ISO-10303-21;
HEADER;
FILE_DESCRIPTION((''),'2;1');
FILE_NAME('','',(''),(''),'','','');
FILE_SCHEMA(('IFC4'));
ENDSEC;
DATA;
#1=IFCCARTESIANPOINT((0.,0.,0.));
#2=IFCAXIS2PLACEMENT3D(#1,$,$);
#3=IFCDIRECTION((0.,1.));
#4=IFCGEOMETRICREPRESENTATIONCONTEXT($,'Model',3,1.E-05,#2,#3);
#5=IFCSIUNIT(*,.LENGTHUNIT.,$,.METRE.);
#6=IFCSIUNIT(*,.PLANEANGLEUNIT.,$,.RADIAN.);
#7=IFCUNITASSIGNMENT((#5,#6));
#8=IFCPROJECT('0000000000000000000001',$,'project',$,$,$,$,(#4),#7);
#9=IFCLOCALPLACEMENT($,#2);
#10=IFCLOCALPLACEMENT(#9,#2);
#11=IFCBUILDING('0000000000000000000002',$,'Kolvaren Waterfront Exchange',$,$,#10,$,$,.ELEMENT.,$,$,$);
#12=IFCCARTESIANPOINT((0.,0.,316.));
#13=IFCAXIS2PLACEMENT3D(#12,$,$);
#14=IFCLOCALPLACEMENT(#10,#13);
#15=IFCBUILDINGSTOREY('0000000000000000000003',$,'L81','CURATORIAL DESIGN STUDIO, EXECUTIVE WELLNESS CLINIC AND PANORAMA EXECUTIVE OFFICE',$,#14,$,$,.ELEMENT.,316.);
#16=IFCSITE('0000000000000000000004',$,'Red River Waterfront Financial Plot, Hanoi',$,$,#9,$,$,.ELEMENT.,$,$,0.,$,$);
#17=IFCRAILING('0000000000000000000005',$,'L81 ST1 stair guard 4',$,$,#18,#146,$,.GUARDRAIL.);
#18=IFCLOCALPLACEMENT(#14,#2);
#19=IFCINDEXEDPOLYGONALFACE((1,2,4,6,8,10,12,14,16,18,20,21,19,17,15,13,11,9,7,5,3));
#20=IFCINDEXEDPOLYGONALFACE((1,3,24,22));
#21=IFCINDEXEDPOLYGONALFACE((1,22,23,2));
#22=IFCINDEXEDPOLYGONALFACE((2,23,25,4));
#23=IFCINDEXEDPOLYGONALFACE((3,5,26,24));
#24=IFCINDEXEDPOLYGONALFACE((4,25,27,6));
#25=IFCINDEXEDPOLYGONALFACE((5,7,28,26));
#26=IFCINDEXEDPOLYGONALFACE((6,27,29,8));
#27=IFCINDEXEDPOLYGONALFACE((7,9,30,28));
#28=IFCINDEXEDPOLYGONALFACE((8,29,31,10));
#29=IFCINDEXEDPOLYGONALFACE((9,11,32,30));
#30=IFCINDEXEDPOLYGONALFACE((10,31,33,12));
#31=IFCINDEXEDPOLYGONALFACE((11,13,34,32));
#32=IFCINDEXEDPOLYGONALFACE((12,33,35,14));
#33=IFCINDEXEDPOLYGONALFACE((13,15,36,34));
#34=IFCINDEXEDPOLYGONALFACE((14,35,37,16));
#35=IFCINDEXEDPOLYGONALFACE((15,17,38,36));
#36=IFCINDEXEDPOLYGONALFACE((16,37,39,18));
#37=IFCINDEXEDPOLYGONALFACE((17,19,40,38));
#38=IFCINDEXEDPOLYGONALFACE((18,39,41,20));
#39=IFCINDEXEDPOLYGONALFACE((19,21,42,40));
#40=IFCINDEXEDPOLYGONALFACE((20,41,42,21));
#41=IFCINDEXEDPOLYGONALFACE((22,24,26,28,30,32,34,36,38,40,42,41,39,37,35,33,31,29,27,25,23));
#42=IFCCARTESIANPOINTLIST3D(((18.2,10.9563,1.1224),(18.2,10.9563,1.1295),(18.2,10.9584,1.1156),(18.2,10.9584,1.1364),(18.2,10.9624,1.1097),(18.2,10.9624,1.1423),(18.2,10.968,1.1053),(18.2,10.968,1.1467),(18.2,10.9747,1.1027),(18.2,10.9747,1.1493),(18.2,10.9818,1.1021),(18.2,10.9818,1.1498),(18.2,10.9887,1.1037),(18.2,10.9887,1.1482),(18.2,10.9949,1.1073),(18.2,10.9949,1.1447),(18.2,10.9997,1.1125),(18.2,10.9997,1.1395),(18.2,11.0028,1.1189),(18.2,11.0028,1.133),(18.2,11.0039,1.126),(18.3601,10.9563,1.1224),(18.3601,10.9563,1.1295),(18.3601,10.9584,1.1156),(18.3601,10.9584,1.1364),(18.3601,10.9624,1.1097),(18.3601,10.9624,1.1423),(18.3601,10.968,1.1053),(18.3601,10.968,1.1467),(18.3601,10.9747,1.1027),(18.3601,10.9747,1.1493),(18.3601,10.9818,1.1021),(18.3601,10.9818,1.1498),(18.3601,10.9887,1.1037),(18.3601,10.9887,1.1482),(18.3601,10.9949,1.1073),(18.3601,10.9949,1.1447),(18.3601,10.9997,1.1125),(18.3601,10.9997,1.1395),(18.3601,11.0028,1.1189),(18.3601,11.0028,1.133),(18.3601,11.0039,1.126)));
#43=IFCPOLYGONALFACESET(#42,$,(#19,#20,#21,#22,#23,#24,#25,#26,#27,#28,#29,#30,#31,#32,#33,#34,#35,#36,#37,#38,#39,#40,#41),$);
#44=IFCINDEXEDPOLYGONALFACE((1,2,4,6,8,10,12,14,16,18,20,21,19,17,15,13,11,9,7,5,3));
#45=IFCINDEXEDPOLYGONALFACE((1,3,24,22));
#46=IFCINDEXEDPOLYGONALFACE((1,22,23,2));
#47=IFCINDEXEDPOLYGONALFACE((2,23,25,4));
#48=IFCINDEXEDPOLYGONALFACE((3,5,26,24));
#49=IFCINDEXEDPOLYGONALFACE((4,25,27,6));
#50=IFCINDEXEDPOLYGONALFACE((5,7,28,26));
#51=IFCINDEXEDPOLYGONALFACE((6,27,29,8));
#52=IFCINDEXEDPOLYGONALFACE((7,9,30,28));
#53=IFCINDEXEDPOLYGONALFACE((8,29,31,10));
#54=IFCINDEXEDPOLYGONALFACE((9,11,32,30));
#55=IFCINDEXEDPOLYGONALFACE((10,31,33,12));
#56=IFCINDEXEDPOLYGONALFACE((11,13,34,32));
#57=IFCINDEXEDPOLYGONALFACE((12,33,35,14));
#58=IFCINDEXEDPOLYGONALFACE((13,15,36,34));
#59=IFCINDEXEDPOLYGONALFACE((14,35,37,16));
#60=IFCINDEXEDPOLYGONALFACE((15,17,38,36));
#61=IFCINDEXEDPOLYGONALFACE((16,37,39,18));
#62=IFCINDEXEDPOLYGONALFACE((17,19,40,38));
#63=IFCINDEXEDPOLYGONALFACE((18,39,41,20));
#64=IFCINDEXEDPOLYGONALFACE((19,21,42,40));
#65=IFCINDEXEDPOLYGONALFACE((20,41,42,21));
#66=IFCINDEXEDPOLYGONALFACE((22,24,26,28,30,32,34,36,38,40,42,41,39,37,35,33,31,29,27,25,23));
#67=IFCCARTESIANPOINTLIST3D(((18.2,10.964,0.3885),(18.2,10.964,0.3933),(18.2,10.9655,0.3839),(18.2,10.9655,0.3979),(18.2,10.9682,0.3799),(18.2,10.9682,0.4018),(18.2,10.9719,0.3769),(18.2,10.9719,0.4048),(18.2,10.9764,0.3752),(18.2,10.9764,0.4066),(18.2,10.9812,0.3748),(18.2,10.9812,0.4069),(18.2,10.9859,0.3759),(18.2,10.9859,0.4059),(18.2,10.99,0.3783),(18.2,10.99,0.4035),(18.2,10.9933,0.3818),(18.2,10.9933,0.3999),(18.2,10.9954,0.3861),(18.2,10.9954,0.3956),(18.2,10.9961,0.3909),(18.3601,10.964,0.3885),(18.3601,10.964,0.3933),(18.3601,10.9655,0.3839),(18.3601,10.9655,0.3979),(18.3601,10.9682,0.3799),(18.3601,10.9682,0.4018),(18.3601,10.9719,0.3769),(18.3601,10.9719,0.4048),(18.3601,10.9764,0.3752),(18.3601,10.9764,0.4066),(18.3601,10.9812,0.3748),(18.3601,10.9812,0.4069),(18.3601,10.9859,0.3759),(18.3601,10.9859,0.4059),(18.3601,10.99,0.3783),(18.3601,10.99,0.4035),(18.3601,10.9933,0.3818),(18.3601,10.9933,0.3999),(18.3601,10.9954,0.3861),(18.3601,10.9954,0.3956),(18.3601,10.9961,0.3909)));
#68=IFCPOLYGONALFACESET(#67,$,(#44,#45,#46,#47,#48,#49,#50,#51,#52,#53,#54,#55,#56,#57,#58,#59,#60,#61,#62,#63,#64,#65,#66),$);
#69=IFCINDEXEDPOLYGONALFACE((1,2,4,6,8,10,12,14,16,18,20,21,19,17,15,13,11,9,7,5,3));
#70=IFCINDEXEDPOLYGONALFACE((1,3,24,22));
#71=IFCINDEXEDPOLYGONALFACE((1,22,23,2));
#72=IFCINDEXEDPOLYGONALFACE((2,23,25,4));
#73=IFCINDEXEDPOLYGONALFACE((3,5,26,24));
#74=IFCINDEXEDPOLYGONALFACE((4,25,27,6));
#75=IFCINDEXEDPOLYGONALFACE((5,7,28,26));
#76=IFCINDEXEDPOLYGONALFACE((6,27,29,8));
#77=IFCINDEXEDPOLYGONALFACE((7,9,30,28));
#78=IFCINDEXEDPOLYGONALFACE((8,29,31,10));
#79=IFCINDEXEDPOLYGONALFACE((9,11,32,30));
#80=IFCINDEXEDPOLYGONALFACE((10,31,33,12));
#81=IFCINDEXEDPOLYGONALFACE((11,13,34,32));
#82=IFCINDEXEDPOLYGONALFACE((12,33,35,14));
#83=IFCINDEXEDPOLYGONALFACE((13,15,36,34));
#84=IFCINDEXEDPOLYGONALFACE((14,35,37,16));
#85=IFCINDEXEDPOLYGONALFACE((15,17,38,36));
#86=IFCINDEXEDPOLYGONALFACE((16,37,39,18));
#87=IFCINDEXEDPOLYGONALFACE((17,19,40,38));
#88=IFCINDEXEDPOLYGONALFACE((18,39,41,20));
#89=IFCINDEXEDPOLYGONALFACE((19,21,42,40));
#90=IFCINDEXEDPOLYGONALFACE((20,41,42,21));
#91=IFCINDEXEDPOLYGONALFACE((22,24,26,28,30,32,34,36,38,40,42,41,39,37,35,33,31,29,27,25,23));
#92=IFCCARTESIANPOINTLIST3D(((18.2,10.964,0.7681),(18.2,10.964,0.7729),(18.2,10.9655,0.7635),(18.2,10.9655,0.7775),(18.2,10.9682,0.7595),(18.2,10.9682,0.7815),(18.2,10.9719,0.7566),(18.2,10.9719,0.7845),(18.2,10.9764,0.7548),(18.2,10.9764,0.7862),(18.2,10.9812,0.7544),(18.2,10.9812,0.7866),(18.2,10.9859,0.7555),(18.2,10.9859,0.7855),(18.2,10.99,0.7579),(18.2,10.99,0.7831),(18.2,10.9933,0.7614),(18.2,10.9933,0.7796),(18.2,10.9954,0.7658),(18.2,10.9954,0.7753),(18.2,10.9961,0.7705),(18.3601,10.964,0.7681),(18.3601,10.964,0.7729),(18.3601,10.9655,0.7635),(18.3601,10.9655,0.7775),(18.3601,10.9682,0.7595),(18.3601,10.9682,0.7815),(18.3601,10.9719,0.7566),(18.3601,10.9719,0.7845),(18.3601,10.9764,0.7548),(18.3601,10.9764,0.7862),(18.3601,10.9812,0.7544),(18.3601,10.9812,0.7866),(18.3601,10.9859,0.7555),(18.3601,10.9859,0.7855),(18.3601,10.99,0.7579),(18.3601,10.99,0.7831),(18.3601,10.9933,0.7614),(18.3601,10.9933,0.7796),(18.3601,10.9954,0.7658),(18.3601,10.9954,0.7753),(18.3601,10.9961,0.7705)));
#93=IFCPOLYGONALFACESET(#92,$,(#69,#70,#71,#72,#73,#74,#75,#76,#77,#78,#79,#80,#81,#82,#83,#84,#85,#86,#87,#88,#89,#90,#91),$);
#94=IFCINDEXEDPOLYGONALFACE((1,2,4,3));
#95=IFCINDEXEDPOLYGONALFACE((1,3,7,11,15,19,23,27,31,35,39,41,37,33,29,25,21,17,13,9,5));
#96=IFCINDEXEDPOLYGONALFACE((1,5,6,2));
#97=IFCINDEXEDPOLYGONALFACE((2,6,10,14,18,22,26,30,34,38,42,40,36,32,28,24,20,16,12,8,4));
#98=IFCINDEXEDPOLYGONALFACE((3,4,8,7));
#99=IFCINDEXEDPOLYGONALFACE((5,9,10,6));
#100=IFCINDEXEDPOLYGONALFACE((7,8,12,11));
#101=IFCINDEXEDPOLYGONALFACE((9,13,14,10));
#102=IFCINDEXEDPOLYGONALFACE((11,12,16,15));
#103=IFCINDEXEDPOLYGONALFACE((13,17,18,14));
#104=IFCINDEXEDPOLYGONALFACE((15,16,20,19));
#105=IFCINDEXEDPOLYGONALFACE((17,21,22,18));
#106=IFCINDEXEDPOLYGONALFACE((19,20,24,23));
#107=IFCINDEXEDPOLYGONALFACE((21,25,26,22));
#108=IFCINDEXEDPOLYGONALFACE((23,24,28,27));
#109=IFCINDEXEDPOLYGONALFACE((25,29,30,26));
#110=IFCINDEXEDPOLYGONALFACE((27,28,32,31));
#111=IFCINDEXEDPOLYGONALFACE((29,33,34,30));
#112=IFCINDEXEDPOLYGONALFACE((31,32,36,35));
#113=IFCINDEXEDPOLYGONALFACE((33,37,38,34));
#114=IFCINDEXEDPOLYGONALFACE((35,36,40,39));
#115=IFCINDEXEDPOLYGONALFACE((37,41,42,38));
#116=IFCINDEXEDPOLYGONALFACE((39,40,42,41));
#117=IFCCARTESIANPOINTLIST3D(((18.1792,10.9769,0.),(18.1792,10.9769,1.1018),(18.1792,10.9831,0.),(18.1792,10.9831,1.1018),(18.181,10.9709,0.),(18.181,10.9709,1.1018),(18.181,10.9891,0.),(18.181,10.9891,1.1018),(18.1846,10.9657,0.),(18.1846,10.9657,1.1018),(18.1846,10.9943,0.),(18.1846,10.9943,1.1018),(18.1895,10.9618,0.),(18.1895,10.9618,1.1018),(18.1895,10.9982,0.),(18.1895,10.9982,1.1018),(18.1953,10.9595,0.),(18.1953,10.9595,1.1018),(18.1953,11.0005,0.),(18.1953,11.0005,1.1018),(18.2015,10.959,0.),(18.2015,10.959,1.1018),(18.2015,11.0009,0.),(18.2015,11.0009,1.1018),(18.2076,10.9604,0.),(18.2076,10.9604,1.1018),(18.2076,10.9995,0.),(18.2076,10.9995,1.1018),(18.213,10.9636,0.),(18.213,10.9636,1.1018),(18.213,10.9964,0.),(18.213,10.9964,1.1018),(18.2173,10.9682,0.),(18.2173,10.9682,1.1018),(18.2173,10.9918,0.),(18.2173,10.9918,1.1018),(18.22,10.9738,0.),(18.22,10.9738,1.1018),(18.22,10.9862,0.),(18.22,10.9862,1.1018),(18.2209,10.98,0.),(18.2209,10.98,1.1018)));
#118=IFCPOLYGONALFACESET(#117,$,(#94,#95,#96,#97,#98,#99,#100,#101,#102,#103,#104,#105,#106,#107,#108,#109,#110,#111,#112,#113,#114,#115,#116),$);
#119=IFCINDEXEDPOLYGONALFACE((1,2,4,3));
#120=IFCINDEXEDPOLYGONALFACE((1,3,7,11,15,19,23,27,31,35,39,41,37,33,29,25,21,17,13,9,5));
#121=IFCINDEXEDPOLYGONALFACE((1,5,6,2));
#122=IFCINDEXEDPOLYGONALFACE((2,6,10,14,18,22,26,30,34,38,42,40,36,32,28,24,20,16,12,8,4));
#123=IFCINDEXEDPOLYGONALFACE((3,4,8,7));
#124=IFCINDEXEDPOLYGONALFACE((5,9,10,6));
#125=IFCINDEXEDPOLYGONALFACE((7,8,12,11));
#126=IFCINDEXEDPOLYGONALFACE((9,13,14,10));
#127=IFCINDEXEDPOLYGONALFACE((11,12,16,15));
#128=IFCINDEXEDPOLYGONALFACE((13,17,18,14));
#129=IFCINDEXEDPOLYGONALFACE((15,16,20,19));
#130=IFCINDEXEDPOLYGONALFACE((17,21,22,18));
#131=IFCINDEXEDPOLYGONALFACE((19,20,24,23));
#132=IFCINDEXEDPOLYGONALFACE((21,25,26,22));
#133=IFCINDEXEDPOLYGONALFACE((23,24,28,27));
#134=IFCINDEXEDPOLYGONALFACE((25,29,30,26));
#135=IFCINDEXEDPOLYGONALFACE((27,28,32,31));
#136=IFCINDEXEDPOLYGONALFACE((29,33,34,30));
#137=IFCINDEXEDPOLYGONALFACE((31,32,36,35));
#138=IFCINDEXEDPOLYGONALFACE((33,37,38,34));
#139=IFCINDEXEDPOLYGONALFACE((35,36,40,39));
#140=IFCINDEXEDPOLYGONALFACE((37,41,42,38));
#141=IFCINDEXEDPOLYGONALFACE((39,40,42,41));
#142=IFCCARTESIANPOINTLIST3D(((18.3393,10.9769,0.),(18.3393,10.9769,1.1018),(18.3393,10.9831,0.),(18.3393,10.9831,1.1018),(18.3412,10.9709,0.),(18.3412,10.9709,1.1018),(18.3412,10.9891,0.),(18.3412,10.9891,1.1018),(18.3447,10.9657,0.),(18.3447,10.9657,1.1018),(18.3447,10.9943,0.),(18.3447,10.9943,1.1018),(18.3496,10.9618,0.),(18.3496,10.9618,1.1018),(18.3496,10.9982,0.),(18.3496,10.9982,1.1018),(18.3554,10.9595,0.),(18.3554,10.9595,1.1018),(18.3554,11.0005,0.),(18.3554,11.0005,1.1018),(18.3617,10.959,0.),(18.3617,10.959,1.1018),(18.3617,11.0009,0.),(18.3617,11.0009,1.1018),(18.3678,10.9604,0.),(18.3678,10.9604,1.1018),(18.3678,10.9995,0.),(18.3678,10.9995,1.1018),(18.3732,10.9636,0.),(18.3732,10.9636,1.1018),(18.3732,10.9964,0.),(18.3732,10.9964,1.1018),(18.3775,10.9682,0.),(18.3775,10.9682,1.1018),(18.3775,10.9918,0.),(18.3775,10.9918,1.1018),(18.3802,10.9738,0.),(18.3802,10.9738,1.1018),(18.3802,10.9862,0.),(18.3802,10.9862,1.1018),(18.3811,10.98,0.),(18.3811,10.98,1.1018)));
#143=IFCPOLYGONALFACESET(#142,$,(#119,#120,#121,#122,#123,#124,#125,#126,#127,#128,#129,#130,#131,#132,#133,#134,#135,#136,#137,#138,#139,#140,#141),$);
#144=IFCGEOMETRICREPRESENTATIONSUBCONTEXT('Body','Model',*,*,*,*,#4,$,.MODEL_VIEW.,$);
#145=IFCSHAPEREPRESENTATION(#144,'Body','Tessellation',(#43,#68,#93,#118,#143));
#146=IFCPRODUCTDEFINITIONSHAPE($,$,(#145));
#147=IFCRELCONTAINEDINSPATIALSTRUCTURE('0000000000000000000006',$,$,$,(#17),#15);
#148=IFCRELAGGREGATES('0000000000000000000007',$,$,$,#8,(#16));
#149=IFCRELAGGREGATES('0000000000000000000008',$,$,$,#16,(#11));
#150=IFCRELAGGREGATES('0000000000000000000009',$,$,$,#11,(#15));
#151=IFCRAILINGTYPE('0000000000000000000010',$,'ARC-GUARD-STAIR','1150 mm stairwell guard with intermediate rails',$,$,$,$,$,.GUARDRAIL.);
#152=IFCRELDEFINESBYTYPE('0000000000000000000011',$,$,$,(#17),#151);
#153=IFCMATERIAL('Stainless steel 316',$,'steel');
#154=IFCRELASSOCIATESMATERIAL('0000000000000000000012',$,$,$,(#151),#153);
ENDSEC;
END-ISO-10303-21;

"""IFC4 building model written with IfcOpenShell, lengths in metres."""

from ifc_helpers import new_model, si_unit, direction, frame, origin, origin_2d, place, context, subcontext, project, spatial, circle, extrude, material, type_object, element, save


model = new_model("IFC4")

# Units and contexts
model_context = context("Model", 3, precision=1e-05, world=origin(), true_north=direction((0.0, 1.0)))
body_context = subcontext(model_context, "Body", "Model", "MODEL_VIEW")
ifc_project = project(units=[si_unit("LENGTHUNIT", "METRE"), si_unit("PLANEANGLEUNIT", "RADIAN")], contexts=[model_context])

# Site, building, storey
site_placement = place(None, origin())
site = spatial("IfcSite", under=ifc_project, at=site_placement, Name="Red River Waterfront Financial Plot, Hanoi", CompositionType="ELEMENT", RefElevation=0.0)
building_placement = place(site_placement, origin())
building = spatial("IfcBuilding", under=site, at=building_placement, Name="Kolvaren Waterfront Exchange", CompositionType="ELEMENT")
storey_placement = place(building_placement, frame((0.0, 0.0, 316.0)))
storey = spatial("IfcBuildingStorey", under=building, at=storey_placement, Name="L81", Description="CURATORIAL DESIGN STUDIO, EXECUTIVE WELLNESS CLINIC AND PANORAMA EXECUTIVE OFFICE", CompositionType="ELEMENT", Elevation=316.0)

# Railing
ifc_material_1 = material(Name="Stainless steel 316", Category="steel")
railing_type_1 = type_object("IfcRailingType", Name="ARC-GUARD-STAIR", Description="1150 mm stairwell guard with intermediate rails", PredefinedType="GUARDRAIL", material=ifc_material_1)
railing_1_placement = place(storey_placement, frame((18.2, 10.98, 0.0)))
element("IfcRailing", 1, at=railing_1_placement, inside=storey, type_object=railing_type_1, Name="L81 ST1 stair guard 4", PredefinedType="GUARDRAIL", context=body_context, shape_type="SweptSolid", body=[
    extrude(circle(Radius=0.0239, at=origin_2d()), frame((0.0, 0.0, 1.126), z_axis=(1.0, 0.0, 0.0), x_axis=(0.0, 1.0, 0.0)), (0.0, 0.0, 1.0), 0.1602),
    extrude(circle(Radius=0.0161, at=origin_2d()), frame((0.0, 0.0, 0.3909), z_axis=(1.0, 0.0, 0.0), x_axis=(0.0, 1.0, 0.0)), (0.0, 0.0, 1.0), 0.1602),
    extrude(circle(Radius=0.0161, at=origin_2d()), frame((0.0, 0.0, 0.7705), z_axis=(1.0, 0.0, 0.0), x_axis=(0.0, 1.0, 0.0)), (0.0, 0.0, 1.0), 0.1602),
    extrude(circle(Radius=0.021, at=origin_2d()), origin(), (0.0, 0.0, 1.0), 1.1018),
    extrude(circle(Radius=0.021, at=origin_2d()), frame((0.1602, 0.0, 0.0)), (0.0, 0.0, 1.0), 1.1018),
])

save(model, "model.ifc")
